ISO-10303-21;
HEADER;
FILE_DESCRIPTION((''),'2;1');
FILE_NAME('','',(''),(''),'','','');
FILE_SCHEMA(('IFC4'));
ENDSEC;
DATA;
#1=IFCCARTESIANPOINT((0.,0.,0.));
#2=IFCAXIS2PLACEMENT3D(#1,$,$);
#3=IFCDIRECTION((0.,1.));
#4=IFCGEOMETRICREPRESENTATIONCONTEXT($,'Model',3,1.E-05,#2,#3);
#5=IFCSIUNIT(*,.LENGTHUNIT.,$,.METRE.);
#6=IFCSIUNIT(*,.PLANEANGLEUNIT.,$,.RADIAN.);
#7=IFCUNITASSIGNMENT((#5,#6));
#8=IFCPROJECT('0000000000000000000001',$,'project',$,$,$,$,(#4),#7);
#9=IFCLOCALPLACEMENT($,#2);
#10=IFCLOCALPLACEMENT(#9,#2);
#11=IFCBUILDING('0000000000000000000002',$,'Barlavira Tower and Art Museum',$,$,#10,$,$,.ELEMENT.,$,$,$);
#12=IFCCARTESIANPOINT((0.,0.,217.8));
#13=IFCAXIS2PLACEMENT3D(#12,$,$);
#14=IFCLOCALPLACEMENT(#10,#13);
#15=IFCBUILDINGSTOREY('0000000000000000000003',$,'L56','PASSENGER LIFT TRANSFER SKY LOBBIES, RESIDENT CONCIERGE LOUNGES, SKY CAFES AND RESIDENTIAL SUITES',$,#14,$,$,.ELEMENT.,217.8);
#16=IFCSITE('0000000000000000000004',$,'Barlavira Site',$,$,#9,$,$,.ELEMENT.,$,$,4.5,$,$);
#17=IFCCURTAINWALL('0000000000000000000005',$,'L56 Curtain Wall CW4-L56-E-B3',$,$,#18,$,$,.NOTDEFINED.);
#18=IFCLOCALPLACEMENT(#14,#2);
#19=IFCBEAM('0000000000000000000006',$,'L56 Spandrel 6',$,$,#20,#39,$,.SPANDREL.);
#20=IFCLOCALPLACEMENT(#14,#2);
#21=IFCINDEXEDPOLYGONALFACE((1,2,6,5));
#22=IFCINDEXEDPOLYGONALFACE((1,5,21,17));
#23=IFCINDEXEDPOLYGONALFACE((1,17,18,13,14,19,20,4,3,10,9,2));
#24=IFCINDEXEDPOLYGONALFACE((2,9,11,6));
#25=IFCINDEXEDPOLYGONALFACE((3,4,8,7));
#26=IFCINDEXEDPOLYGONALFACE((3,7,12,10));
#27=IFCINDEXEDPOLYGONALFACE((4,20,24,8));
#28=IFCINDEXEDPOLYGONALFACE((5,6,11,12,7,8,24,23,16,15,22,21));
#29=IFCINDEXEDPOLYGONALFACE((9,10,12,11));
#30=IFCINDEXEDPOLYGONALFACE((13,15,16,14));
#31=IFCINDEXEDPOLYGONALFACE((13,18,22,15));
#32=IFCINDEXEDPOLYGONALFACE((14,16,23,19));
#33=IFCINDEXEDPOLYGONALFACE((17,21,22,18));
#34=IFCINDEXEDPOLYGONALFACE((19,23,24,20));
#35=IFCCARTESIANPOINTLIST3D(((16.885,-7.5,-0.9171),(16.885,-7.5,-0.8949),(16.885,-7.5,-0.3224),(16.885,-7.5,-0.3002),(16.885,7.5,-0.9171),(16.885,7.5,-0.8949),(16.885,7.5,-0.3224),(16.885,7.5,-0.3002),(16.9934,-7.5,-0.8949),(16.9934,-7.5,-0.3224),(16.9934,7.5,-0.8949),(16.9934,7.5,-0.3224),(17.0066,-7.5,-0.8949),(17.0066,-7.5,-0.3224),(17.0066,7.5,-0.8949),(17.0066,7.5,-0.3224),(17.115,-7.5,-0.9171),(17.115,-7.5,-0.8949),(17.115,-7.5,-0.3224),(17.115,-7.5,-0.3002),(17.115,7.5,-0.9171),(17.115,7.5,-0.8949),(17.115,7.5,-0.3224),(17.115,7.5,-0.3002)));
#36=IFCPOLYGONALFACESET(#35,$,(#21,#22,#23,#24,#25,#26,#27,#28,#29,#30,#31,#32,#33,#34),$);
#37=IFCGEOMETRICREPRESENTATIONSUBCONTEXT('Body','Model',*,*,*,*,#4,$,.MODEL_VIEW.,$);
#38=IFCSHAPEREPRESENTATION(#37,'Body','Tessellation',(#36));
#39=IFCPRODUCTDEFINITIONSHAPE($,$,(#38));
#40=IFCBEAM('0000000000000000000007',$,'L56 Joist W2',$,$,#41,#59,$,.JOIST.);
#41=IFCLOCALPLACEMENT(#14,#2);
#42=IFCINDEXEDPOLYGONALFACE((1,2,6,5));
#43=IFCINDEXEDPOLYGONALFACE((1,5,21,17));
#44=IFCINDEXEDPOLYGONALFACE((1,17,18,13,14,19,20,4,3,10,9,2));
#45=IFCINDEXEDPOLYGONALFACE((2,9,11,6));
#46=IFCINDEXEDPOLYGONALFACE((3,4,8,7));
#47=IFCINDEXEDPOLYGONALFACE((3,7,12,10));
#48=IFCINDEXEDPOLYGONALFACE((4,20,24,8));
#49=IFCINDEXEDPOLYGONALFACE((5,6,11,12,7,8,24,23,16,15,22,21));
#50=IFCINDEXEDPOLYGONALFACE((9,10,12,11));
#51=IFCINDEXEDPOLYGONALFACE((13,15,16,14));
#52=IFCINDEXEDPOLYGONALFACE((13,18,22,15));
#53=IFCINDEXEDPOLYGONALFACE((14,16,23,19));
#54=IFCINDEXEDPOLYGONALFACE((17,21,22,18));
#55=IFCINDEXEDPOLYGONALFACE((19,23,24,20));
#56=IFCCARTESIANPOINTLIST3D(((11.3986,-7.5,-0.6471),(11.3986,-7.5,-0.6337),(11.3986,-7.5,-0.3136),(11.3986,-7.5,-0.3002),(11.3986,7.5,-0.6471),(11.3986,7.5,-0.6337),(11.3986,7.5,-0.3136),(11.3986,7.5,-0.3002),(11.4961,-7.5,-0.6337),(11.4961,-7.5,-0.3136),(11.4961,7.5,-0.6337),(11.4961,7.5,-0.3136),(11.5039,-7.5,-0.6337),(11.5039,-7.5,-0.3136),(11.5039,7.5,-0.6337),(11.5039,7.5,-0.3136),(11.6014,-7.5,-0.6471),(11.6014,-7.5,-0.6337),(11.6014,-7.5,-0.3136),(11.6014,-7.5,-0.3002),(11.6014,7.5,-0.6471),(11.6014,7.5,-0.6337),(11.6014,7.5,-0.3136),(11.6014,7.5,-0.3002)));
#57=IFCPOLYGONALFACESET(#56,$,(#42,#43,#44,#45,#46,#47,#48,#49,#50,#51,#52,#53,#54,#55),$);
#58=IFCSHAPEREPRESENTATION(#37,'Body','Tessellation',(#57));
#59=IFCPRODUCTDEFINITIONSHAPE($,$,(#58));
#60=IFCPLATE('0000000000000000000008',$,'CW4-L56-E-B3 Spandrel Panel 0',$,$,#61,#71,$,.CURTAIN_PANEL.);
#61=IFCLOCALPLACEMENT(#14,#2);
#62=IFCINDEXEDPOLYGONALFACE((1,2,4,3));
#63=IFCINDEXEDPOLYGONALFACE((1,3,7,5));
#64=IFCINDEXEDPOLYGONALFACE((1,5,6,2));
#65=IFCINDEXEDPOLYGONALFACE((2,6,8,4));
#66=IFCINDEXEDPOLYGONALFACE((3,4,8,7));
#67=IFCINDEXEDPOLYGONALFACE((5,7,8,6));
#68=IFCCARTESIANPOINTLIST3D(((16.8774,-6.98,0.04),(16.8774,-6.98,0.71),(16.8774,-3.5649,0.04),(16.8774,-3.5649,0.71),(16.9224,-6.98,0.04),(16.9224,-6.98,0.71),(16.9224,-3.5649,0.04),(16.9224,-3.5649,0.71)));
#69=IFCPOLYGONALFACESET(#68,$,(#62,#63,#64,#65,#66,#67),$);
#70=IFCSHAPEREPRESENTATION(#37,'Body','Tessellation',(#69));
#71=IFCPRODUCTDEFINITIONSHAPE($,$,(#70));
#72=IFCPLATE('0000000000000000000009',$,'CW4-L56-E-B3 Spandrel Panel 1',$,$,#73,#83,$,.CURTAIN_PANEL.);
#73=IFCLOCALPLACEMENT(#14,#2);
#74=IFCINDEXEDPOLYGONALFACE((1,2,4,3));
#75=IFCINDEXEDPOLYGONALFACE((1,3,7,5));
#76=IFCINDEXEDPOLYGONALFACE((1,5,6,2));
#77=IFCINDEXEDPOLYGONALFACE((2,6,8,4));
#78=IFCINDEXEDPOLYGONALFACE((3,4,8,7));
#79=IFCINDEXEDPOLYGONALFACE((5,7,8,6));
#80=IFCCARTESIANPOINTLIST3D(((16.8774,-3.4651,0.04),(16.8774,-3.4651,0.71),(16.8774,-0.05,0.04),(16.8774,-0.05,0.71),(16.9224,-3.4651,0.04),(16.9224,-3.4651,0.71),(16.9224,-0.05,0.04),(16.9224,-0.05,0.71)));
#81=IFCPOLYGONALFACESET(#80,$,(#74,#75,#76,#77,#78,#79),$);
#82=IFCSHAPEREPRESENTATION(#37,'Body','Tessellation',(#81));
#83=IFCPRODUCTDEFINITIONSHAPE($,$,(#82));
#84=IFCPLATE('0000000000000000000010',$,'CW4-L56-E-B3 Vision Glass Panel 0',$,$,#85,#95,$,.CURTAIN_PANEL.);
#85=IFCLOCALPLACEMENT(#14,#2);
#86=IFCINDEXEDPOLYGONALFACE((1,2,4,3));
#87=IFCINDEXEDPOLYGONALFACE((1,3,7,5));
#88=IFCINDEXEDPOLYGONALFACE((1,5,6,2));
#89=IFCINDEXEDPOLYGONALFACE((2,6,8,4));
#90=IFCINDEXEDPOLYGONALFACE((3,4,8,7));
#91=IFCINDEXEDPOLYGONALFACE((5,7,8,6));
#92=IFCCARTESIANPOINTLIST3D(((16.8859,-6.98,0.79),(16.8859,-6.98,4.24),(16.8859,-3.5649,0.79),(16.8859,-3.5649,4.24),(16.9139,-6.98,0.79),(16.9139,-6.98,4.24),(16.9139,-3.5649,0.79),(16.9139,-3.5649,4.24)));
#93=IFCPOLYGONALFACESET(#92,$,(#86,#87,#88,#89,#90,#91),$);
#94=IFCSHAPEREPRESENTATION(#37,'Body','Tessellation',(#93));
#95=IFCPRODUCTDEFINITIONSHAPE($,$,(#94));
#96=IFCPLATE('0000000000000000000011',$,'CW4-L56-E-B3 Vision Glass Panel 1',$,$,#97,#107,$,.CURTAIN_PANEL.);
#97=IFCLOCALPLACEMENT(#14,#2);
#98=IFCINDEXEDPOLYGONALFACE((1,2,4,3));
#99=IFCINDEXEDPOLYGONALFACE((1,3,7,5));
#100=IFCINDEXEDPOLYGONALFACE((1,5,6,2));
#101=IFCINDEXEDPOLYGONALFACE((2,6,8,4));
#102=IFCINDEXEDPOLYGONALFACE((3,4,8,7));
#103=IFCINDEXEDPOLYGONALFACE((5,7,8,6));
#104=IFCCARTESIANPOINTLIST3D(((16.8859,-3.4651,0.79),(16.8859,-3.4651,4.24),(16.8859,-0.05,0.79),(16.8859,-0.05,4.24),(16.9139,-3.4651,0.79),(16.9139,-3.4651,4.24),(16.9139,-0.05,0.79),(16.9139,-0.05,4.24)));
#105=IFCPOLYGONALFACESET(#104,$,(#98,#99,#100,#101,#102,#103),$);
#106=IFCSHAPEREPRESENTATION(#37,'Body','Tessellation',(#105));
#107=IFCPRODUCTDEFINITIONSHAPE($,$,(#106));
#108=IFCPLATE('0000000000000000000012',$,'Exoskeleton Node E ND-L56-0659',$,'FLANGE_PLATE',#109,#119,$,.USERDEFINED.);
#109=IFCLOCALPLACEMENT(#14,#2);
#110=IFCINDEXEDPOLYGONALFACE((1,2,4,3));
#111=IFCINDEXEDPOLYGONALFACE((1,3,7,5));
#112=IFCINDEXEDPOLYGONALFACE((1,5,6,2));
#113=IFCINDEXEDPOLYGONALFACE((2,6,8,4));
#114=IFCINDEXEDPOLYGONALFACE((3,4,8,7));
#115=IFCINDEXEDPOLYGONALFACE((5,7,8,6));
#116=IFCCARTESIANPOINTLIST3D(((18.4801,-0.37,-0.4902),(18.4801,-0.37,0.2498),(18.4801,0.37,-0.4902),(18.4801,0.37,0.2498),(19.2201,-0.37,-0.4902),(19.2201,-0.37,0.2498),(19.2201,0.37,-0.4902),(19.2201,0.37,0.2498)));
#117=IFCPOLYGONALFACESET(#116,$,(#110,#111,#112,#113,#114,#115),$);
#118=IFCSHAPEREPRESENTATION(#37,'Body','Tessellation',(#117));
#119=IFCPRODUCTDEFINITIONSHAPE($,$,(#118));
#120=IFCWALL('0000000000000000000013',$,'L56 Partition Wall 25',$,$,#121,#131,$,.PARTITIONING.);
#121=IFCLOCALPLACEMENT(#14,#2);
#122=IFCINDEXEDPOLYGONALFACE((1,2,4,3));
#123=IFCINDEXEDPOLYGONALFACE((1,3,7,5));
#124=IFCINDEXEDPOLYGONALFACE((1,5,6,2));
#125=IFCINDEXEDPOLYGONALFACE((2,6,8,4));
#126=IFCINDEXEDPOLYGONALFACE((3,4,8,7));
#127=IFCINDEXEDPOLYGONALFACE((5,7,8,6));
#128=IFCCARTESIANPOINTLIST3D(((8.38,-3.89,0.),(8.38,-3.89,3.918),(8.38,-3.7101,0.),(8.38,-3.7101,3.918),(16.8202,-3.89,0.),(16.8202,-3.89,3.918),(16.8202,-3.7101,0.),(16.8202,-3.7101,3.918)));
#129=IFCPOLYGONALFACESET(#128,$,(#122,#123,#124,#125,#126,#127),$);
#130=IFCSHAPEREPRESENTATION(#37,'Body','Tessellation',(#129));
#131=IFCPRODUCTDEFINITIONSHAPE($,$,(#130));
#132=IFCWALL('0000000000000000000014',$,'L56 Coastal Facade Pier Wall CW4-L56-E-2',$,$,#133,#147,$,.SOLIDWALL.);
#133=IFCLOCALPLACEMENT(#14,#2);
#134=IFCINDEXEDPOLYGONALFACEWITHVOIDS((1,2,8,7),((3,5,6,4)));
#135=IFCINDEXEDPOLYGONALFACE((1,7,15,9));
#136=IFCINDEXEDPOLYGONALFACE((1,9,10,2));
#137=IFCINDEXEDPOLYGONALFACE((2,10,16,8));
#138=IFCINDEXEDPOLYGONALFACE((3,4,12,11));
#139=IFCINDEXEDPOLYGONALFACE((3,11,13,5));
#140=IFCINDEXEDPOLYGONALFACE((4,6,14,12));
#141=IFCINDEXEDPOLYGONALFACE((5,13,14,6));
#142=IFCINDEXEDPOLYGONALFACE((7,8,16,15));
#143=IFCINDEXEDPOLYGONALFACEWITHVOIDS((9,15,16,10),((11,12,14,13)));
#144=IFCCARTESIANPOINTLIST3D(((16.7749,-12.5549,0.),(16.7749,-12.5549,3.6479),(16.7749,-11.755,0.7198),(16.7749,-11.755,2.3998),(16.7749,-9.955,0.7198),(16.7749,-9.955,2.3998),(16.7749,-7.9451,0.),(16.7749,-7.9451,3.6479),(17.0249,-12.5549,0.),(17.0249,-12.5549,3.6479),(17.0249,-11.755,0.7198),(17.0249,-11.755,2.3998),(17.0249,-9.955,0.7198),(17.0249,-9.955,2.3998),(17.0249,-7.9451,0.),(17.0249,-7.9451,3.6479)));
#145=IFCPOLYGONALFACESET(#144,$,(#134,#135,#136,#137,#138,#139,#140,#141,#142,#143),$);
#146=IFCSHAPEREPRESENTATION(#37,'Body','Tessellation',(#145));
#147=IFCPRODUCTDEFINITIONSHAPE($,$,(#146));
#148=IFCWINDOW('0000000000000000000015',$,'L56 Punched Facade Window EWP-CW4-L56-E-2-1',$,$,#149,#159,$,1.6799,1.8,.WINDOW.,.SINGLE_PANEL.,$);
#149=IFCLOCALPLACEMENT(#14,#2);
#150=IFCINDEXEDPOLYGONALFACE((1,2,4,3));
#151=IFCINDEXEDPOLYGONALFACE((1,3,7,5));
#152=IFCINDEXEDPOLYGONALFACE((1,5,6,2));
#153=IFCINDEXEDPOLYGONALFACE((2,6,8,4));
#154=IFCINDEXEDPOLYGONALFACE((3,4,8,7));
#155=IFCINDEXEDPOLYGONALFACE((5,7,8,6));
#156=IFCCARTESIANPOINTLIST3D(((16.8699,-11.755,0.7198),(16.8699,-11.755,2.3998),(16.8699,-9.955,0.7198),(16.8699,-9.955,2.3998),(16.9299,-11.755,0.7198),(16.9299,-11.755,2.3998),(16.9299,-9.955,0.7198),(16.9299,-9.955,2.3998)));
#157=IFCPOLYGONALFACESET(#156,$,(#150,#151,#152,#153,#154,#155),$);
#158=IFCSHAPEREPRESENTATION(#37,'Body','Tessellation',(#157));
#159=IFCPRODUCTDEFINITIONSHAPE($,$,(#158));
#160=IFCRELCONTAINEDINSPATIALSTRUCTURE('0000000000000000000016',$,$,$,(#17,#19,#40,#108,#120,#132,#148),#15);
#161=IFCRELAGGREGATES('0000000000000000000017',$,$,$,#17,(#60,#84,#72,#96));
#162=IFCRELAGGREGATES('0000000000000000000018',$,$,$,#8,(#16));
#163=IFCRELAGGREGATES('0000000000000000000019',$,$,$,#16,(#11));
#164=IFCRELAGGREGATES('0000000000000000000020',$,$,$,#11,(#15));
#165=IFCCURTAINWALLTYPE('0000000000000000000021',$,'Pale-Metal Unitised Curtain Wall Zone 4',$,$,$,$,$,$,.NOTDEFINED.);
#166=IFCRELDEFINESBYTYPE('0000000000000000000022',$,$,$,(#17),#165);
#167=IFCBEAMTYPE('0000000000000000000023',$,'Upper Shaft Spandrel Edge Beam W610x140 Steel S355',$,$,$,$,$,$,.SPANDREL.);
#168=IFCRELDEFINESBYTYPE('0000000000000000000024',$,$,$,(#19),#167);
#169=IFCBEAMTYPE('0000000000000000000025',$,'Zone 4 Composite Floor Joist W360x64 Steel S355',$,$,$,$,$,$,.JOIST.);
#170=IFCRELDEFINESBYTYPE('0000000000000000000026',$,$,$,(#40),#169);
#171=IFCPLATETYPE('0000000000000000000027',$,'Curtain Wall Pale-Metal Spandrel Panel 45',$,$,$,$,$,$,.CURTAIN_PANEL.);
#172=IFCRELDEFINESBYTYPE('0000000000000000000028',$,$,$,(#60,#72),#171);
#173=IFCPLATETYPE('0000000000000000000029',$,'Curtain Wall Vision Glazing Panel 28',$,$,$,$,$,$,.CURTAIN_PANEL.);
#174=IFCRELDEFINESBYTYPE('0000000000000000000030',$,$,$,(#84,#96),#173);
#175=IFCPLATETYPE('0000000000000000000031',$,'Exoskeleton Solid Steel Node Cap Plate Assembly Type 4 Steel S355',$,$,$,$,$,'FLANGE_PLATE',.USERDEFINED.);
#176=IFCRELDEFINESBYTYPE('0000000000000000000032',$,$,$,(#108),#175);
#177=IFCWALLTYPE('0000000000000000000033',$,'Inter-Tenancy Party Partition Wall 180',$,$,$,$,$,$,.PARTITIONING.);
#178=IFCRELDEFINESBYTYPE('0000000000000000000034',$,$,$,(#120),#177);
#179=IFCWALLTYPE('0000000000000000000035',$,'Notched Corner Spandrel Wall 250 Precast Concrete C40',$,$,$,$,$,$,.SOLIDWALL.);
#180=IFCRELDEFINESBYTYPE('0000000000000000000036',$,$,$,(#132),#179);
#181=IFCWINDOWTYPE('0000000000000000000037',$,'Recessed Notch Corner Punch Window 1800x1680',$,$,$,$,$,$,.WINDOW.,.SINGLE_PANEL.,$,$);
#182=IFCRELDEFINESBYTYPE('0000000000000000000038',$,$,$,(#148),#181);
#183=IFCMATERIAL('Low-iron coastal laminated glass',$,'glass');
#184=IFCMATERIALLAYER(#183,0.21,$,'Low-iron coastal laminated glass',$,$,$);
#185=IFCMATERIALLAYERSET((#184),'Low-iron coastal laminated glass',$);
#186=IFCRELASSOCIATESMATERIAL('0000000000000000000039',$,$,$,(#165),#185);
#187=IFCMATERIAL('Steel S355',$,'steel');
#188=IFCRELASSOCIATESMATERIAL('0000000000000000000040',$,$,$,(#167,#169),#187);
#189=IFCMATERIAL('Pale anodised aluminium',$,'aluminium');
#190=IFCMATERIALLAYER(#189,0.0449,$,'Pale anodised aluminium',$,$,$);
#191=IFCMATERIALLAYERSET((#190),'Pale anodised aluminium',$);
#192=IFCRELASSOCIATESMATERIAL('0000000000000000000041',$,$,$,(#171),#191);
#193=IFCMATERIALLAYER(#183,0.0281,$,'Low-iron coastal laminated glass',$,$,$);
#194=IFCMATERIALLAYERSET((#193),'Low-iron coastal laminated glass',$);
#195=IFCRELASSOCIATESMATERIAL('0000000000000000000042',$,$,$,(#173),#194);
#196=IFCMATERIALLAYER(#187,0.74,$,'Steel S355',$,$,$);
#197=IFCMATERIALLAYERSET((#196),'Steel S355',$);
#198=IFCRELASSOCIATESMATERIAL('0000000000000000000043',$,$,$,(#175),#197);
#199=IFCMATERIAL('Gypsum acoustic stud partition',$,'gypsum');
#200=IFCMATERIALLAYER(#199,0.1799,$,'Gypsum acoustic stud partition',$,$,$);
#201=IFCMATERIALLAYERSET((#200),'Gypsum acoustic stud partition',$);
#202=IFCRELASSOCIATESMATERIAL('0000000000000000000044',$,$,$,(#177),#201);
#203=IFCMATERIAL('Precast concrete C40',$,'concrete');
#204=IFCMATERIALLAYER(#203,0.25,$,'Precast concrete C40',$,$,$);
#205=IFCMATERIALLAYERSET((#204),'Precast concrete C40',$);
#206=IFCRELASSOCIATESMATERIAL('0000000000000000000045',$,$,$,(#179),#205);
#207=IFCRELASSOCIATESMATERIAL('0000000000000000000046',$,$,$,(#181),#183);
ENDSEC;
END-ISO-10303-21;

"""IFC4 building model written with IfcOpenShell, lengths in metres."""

from ifc_helpers import new_model, si_unit, direction, frame, frame_2d, origin, origin_2d, place, context, subcontext, project, spatial, rectangle, i_section, extrude, material, layer, layer_set, material_profile, profile_set, type_object, element, fill, aggregate, save


model = new_model("IFC4")

# Units and contexts
model_context = context("Model", 3, precision=1e-05, world=origin(), true_north=direction((0.0, 1.0)))
body_context = subcontext(model_context, "Body", "Model", "MODEL_VIEW")
ifc_project = project(units=[si_unit("LENGTHUNIT", "METRE"), si_unit("PLANEANGLEUNIT", "RADIAN")], contexts=[model_context])

# Site, building, storey
site_placement = place(None, origin())
site = spatial("IfcSite", under=ifc_project, at=site_placement, Name="Barlavira Site", CompositionType="ELEMENT", RefElevation=4.5)
building_placement = place(site_placement, origin())
building = spatial("IfcBuilding", under=site, at=building_placement, Name="Barlavira Tower and Art Museum", CompositionType="ELEMENT")
storey_placement = place(building_placement, frame((0.0, 0.0, 217.8)))
storey = spatial("IfcBuildingStorey", under=building, at=storey_placement, Name="L56", Description="PASSENGER LIFT TRANSFER SKY LOBBIES, RESIDENT CONCIERGE LOUNGES, SKY CAFES AND RESIDENTIAL SUITES", CompositionType="ELEMENT", Elevation=217.8)

# Curtain wall
ifc_material_1 = material(Name="Low-iron coastal laminated glass", Category="glass")
ifc_layer_1 = layer(ifc_material_1, 0.21, Name="Low-iron coastal laminated glass")
ifc_layer_set_1 = layer_set([ifc_layer_1], Name="Low-iron coastal laminated glass")
curtain_wall_type = type_object("IfcCurtainWallType", Name="Pale-Metal Unitised Curtain Wall Zone 4", PredefinedType="NOTDEFINED", material=ifc_layer_set_1)
curtain_wall_placement = place(storey_placement, origin())
curtain_wall = element("IfcCurtainWall", 1, at=curtain_wall_placement, inside=storey, type_object=curtain_wall_type, Name="L56 Curtain Wall CW4-L56-E-B3", PredefinedType="NOTDEFINED")
ifc_material_2 = material(Name="Pale anodised aluminium", Category="aluminium")

# Shared definitions
ifc_material_3 = material(Name="Steel S355", Category="steel")

# Beams
ifc_material_profile_1 = material_profile(ifc_material_3, i_section(OverallWidth=0.23, OverallDepth=0.6169, WebThickness=0.0132, FlangeThickness=0.0222, at=origin_2d()), Name="W610x140.0")
ifc_profile_set_1 = profile_set([ifc_material_profile_1], Name="Steel S355")
beam_type_1 = type_object("IfcBeamType", Name="Upper Shaft Spandrel Edge Beam W610x140 Steel S355", PredefinedType="SPANDREL", material=ifc_profile_set_1)
beam_1_placement = place(storey_placement, frame((17.0, -7.5, -0.6086), z_axis=(0.0, 1.0, 0.0), x_axis=(-1.0, 0.0, 0.0)))
element("IfcBeam", 2, at=beam_1_placement, inside=storey, type_object=beam_type_1, Name="L56 Spandrel 6", PredefinedType="SPANDREL", context=body_context, shape_type="SweptSolid", body=[
    extrude(i_section(OverallWidth=0.23, OverallDepth=0.6169, WebThickness=0.0132, FlangeThickness=0.0222, at=origin_2d()), origin(), (0.0, 0.0, 1.0), 15.0),
])
ifc_material_profile_2 = material_profile(ifc_material_3, i_section(OverallWidth=0.2029, OverallDepth=0.3469, WebThickness=0.0078, FlangeThickness=0.0134, at=origin_2d()), Name="W360x64.0")
ifc_profile_set_2 = profile_set([ifc_material_profile_2], Name="Steel S355")
beam_type_2 = type_object("IfcBeamType", Name="Zone 4 Composite Floor Joist W360x64 Steel S355", PredefinedType="JOIST", material=ifc_profile_set_2)
beam_2_placement = place(storey_placement, frame((11.5, -7.5, -0.4736), z_axis=(0.0, 1.0, 0.0), x_axis=(-1.0, 0.0, 0.0)))
element("IfcBeam", 3, at=beam_2_placement, inside=storey, type_object=beam_type_2, Name="L56 Joist W2", PredefinedType="JOIST", context=body_context, shape_type="SweptSolid", body=[
    extrude(i_section(OverallWidth=0.2029, OverallDepth=0.3469, WebThickness=0.0078, FlangeThickness=0.0134, at=origin_2d()), origin(), (0.0, 0.0, 1.0), 15.0),
])

# Plates
ifc_layer_2 = layer(ifc_material_2, 0.0449, Name="Pale anodised aluminium")
ifc_layer_set_2 = layer_set([ifc_layer_2], Name="Pale anodised aluminium")
plate_type_1 = type_object("IfcPlateType", Name="Curtain Wall Pale-Metal Spandrel Panel 45", PredefinedType="CURTAIN_PANEL", material=ifc_layer_set_2)
plate_1_placement = place(storey_placement, frame((16.8999, -5.2725, 0.04), z_axis=(0.0, 0.0, 1.0), x_axis=(0.0, 1.0, 0.0)))
plate_1 = element("IfcPlate", 4, at=plate_1_placement, type_object=plate_type_1, Name="CW4-L56-E-B3 Spandrel Panel 0", PredefinedType="CURTAIN_PANEL", context=body_context, shape_type="SweptSolid", body=[
    extrude(rectangle(XDim=3.415, YDim=0.0449, at=origin_2d()), origin(), (0.0, 0.0, 1.0), 0.6699),
])
plate_2_placement = place(storey_placement, frame((16.8999, -1.7576, 0.04), z_axis=(0.0, 0.0, 1.0), x_axis=(0.0, 1.0, 0.0)))
plate_2 = element("IfcPlate", 5, at=plate_2_placement, type_object=plate_type_1, Name="CW4-L56-E-B3 Spandrel Panel 1", PredefinedType="CURTAIN_PANEL", context=body_context, shape_type="SweptSolid", body=[
    extrude(rectangle(XDim=3.415, YDim=0.0449, at=origin_2d()), origin(), (0.0, 0.0, 1.0), 0.6699),
])
ifc_layer_3 = layer(ifc_material_1, 0.0281, Name="Low-iron coastal laminated glass")
ifc_layer_set_3 = layer_set([ifc_layer_3], Name="Low-iron coastal laminated glass")
plate_type_2 = type_object("IfcPlateType", Name="Curtain Wall Vision Glazing Panel 28", PredefinedType="CURTAIN_PANEL", material=ifc_layer_set_3)
plate_3_placement = place(storey_placement, frame((16.8999, -5.2725, 0.79), z_axis=(0.0, 0.0, 1.0), x_axis=(0.0, 1.0, 0.0)))
plate_3 = element("IfcPlate", 6, at=plate_3_placement, type_object=plate_type_2, Name="CW4-L56-E-B3 Vision Glass Panel 0", PredefinedType="CURTAIN_PANEL", context=body_context, shape_type="SweptSolid", body=[
    extrude(rectangle(XDim=3.415, YDim=0.0281, at=origin_2d()), origin(), (0.0, 0.0, 1.0), 3.45),
])
plate_4_placement = place(storey_placement, frame((16.8999, -1.7576, 0.79), z_axis=(0.0, 0.0, 1.0), x_axis=(0.0, 1.0, 0.0)))
plate_4 = element("IfcPlate", 7, at=plate_4_placement, type_object=plate_type_2, Name="CW4-L56-E-B3 Vision Glass Panel 1", PredefinedType="CURTAIN_PANEL", context=body_context, shape_type="SweptSolid", body=[
    extrude(rectangle(XDim=3.415, YDim=0.0281, at=origin_2d()), origin(), (0.0, 0.0, 1.0), 3.45),
])
aggregate(curtain_wall, [plate_1, plate_3, plate_2, plate_4])
ifc_layer_4 = layer(ifc_material_3, 0.74, Name="Steel S355")
ifc_layer_set_4 = layer_set([ifc_layer_4], Name="Steel S355")
plate_type_3 = type_object("IfcPlateType", Name="Exoskeleton Solid Steel Node Cap Plate Assembly Type 4 Steel S355", ElementType="FLANGE_PLATE", PredefinedType="USERDEFINED", material=ifc_layer_set_4)
plate_5_placement = place(storey_placement, frame((18.8501, 0.0, -0.4902), z_axis=(0.0, 0.0, 1.0), x_axis=(1.0, 0.0, 0.0)))
element("IfcPlate", 8, at=plate_5_placement, inside=storey, type_object=plate_type_3, Name="Exoskeleton Node E ND-L56-0659", ObjectType="FLANGE_PLATE", PredefinedType="USERDEFINED", context=body_context, shape_type="SweptSolid", body=[
    extrude(rectangle(XDim=0.74, YDim=0.74, at=origin_2d()), origin(), (0.0, 0.0, 1.0), 0.74),
])

# Wall
ifc_material_4 = material(Name="Gypsum acoustic stud partition", Category="gypsum")
ifc_layer_5 = layer(ifc_material_4, 0.1799, Name="Gypsum acoustic stud partition")
ifc_layer_set_5 = layer_set([ifc_layer_5], Name="Gypsum acoustic stud partition")
wall_type_1 = type_object("IfcWallType", Name="Inter-Tenancy Party Partition Wall 180", PredefinedType="PARTITIONING", material=ifc_layer_set_5)
wall_1_placement = place(storey_placement, frame((8.3799, -3.8, 0.0), z_axis=(0.0, 0.0, 1.0), x_axis=(1.0, 0.0, 0.0)))
element("IfcWall", 9, at=wall_1_placement, inside=storey, type_object=wall_type_1, Name="L56 Partition Wall 25", PredefinedType="PARTITIONING", context=body_context, shape_type="SweptSolid", body=[
    extrude(rectangle(XDim=8.4402, YDim=0.1799, at=frame_2d((4.2202, 0.0))), origin(), (0.0, 0.0, 1.0), 3.918),
])

# Wall, opening, window
ifc_material_5 = material(Name="Precast concrete C40", Category="concrete")
ifc_layer_6 = layer(ifc_material_5, 0.25, Name="Precast concrete C40")
ifc_layer_set_6 = layer_set([ifc_layer_6], Name="Precast concrete C40")
wall_type_2 = type_object("IfcWallType", Name="Notched Corner Spandrel Wall 250 Precast Concrete C40", PredefinedType="SOLIDWALL", material=ifc_layer_set_6)
wall_2_placement = place(storey_placement, frame((16.8999, -12.5549, 0.0), z_axis=(0.0, 0.0, 1.0), x_axis=(0.0, 1.0, 0.0)))
wall_2 = element("IfcWall", 10, at=wall_2_placement, inside=storey, type_object=wall_type_2, Name="L56 Coastal Facade Pier Wall CW4-L56-E-2", PredefinedType="SOLIDWALL", context=body_context, shape_type="SweptSolid", body=[
    extrude(rectangle(XDim=4.6099, YDim=0.25, at=frame_2d((2.3049, 0.0))), origin(), (0.0, 0.0, 1.0), 3.6479),
])
opening_placement = place(wall_2_placement, frame((0.8, 0.0, 0.72)))
opening = element("IfcOpeningElement", 11, at=opening_placement, cuts=wall_2, PredefinedType="OPENING", context=body_context, shape_type="SweptSolid", body=[
    extrude(rectangle(XDim=1.8, YDim=1.6799, at=frame_2d((0.8999, 0.8398))), frame((0.0, 0.135, 0.0), z_axis=(0.0, -1.0, 0.0), x_axis=(1.0, 0.0, 0.0)), (0.0, 0.0, 1.0), 0.27),
])
window_type = type_object("IfcWindowType", Name="Recessed Notch Corner Punch Window 1800x1680", PartitioningType="SINGLE_PANEL", PredefinedType="WINDOW", material=ifc_material_1)
window_placement = place(opening_placement, origin())
window = element("IfcWindow", 12, at=window_placement, inside=storey, type_object=window_type, Name="L56 Punched Facade Window EWP-CW4-L56-E-2-1", OverallHeight=1.6799, OverallWidth=1.8, PartitioningType="SINGLE_PANEL", PredefinedType="WINDOW", context=body_context, shape_type="SweptSolid", body=[
    extrude(rectangle(XDim=1.8, YDim=1.6799, at=frame_2d((0.8999, 0.8398))), frame((0.0, 0.03, 0.0), z_axis=(0.0, -1.0, 0.0), x_axis=(1.0, 0.0, 0.0)), (0.0, 0.0, 1.0), 0.0601),
])
fill(opening, window)

save(model, "model.ifc")
